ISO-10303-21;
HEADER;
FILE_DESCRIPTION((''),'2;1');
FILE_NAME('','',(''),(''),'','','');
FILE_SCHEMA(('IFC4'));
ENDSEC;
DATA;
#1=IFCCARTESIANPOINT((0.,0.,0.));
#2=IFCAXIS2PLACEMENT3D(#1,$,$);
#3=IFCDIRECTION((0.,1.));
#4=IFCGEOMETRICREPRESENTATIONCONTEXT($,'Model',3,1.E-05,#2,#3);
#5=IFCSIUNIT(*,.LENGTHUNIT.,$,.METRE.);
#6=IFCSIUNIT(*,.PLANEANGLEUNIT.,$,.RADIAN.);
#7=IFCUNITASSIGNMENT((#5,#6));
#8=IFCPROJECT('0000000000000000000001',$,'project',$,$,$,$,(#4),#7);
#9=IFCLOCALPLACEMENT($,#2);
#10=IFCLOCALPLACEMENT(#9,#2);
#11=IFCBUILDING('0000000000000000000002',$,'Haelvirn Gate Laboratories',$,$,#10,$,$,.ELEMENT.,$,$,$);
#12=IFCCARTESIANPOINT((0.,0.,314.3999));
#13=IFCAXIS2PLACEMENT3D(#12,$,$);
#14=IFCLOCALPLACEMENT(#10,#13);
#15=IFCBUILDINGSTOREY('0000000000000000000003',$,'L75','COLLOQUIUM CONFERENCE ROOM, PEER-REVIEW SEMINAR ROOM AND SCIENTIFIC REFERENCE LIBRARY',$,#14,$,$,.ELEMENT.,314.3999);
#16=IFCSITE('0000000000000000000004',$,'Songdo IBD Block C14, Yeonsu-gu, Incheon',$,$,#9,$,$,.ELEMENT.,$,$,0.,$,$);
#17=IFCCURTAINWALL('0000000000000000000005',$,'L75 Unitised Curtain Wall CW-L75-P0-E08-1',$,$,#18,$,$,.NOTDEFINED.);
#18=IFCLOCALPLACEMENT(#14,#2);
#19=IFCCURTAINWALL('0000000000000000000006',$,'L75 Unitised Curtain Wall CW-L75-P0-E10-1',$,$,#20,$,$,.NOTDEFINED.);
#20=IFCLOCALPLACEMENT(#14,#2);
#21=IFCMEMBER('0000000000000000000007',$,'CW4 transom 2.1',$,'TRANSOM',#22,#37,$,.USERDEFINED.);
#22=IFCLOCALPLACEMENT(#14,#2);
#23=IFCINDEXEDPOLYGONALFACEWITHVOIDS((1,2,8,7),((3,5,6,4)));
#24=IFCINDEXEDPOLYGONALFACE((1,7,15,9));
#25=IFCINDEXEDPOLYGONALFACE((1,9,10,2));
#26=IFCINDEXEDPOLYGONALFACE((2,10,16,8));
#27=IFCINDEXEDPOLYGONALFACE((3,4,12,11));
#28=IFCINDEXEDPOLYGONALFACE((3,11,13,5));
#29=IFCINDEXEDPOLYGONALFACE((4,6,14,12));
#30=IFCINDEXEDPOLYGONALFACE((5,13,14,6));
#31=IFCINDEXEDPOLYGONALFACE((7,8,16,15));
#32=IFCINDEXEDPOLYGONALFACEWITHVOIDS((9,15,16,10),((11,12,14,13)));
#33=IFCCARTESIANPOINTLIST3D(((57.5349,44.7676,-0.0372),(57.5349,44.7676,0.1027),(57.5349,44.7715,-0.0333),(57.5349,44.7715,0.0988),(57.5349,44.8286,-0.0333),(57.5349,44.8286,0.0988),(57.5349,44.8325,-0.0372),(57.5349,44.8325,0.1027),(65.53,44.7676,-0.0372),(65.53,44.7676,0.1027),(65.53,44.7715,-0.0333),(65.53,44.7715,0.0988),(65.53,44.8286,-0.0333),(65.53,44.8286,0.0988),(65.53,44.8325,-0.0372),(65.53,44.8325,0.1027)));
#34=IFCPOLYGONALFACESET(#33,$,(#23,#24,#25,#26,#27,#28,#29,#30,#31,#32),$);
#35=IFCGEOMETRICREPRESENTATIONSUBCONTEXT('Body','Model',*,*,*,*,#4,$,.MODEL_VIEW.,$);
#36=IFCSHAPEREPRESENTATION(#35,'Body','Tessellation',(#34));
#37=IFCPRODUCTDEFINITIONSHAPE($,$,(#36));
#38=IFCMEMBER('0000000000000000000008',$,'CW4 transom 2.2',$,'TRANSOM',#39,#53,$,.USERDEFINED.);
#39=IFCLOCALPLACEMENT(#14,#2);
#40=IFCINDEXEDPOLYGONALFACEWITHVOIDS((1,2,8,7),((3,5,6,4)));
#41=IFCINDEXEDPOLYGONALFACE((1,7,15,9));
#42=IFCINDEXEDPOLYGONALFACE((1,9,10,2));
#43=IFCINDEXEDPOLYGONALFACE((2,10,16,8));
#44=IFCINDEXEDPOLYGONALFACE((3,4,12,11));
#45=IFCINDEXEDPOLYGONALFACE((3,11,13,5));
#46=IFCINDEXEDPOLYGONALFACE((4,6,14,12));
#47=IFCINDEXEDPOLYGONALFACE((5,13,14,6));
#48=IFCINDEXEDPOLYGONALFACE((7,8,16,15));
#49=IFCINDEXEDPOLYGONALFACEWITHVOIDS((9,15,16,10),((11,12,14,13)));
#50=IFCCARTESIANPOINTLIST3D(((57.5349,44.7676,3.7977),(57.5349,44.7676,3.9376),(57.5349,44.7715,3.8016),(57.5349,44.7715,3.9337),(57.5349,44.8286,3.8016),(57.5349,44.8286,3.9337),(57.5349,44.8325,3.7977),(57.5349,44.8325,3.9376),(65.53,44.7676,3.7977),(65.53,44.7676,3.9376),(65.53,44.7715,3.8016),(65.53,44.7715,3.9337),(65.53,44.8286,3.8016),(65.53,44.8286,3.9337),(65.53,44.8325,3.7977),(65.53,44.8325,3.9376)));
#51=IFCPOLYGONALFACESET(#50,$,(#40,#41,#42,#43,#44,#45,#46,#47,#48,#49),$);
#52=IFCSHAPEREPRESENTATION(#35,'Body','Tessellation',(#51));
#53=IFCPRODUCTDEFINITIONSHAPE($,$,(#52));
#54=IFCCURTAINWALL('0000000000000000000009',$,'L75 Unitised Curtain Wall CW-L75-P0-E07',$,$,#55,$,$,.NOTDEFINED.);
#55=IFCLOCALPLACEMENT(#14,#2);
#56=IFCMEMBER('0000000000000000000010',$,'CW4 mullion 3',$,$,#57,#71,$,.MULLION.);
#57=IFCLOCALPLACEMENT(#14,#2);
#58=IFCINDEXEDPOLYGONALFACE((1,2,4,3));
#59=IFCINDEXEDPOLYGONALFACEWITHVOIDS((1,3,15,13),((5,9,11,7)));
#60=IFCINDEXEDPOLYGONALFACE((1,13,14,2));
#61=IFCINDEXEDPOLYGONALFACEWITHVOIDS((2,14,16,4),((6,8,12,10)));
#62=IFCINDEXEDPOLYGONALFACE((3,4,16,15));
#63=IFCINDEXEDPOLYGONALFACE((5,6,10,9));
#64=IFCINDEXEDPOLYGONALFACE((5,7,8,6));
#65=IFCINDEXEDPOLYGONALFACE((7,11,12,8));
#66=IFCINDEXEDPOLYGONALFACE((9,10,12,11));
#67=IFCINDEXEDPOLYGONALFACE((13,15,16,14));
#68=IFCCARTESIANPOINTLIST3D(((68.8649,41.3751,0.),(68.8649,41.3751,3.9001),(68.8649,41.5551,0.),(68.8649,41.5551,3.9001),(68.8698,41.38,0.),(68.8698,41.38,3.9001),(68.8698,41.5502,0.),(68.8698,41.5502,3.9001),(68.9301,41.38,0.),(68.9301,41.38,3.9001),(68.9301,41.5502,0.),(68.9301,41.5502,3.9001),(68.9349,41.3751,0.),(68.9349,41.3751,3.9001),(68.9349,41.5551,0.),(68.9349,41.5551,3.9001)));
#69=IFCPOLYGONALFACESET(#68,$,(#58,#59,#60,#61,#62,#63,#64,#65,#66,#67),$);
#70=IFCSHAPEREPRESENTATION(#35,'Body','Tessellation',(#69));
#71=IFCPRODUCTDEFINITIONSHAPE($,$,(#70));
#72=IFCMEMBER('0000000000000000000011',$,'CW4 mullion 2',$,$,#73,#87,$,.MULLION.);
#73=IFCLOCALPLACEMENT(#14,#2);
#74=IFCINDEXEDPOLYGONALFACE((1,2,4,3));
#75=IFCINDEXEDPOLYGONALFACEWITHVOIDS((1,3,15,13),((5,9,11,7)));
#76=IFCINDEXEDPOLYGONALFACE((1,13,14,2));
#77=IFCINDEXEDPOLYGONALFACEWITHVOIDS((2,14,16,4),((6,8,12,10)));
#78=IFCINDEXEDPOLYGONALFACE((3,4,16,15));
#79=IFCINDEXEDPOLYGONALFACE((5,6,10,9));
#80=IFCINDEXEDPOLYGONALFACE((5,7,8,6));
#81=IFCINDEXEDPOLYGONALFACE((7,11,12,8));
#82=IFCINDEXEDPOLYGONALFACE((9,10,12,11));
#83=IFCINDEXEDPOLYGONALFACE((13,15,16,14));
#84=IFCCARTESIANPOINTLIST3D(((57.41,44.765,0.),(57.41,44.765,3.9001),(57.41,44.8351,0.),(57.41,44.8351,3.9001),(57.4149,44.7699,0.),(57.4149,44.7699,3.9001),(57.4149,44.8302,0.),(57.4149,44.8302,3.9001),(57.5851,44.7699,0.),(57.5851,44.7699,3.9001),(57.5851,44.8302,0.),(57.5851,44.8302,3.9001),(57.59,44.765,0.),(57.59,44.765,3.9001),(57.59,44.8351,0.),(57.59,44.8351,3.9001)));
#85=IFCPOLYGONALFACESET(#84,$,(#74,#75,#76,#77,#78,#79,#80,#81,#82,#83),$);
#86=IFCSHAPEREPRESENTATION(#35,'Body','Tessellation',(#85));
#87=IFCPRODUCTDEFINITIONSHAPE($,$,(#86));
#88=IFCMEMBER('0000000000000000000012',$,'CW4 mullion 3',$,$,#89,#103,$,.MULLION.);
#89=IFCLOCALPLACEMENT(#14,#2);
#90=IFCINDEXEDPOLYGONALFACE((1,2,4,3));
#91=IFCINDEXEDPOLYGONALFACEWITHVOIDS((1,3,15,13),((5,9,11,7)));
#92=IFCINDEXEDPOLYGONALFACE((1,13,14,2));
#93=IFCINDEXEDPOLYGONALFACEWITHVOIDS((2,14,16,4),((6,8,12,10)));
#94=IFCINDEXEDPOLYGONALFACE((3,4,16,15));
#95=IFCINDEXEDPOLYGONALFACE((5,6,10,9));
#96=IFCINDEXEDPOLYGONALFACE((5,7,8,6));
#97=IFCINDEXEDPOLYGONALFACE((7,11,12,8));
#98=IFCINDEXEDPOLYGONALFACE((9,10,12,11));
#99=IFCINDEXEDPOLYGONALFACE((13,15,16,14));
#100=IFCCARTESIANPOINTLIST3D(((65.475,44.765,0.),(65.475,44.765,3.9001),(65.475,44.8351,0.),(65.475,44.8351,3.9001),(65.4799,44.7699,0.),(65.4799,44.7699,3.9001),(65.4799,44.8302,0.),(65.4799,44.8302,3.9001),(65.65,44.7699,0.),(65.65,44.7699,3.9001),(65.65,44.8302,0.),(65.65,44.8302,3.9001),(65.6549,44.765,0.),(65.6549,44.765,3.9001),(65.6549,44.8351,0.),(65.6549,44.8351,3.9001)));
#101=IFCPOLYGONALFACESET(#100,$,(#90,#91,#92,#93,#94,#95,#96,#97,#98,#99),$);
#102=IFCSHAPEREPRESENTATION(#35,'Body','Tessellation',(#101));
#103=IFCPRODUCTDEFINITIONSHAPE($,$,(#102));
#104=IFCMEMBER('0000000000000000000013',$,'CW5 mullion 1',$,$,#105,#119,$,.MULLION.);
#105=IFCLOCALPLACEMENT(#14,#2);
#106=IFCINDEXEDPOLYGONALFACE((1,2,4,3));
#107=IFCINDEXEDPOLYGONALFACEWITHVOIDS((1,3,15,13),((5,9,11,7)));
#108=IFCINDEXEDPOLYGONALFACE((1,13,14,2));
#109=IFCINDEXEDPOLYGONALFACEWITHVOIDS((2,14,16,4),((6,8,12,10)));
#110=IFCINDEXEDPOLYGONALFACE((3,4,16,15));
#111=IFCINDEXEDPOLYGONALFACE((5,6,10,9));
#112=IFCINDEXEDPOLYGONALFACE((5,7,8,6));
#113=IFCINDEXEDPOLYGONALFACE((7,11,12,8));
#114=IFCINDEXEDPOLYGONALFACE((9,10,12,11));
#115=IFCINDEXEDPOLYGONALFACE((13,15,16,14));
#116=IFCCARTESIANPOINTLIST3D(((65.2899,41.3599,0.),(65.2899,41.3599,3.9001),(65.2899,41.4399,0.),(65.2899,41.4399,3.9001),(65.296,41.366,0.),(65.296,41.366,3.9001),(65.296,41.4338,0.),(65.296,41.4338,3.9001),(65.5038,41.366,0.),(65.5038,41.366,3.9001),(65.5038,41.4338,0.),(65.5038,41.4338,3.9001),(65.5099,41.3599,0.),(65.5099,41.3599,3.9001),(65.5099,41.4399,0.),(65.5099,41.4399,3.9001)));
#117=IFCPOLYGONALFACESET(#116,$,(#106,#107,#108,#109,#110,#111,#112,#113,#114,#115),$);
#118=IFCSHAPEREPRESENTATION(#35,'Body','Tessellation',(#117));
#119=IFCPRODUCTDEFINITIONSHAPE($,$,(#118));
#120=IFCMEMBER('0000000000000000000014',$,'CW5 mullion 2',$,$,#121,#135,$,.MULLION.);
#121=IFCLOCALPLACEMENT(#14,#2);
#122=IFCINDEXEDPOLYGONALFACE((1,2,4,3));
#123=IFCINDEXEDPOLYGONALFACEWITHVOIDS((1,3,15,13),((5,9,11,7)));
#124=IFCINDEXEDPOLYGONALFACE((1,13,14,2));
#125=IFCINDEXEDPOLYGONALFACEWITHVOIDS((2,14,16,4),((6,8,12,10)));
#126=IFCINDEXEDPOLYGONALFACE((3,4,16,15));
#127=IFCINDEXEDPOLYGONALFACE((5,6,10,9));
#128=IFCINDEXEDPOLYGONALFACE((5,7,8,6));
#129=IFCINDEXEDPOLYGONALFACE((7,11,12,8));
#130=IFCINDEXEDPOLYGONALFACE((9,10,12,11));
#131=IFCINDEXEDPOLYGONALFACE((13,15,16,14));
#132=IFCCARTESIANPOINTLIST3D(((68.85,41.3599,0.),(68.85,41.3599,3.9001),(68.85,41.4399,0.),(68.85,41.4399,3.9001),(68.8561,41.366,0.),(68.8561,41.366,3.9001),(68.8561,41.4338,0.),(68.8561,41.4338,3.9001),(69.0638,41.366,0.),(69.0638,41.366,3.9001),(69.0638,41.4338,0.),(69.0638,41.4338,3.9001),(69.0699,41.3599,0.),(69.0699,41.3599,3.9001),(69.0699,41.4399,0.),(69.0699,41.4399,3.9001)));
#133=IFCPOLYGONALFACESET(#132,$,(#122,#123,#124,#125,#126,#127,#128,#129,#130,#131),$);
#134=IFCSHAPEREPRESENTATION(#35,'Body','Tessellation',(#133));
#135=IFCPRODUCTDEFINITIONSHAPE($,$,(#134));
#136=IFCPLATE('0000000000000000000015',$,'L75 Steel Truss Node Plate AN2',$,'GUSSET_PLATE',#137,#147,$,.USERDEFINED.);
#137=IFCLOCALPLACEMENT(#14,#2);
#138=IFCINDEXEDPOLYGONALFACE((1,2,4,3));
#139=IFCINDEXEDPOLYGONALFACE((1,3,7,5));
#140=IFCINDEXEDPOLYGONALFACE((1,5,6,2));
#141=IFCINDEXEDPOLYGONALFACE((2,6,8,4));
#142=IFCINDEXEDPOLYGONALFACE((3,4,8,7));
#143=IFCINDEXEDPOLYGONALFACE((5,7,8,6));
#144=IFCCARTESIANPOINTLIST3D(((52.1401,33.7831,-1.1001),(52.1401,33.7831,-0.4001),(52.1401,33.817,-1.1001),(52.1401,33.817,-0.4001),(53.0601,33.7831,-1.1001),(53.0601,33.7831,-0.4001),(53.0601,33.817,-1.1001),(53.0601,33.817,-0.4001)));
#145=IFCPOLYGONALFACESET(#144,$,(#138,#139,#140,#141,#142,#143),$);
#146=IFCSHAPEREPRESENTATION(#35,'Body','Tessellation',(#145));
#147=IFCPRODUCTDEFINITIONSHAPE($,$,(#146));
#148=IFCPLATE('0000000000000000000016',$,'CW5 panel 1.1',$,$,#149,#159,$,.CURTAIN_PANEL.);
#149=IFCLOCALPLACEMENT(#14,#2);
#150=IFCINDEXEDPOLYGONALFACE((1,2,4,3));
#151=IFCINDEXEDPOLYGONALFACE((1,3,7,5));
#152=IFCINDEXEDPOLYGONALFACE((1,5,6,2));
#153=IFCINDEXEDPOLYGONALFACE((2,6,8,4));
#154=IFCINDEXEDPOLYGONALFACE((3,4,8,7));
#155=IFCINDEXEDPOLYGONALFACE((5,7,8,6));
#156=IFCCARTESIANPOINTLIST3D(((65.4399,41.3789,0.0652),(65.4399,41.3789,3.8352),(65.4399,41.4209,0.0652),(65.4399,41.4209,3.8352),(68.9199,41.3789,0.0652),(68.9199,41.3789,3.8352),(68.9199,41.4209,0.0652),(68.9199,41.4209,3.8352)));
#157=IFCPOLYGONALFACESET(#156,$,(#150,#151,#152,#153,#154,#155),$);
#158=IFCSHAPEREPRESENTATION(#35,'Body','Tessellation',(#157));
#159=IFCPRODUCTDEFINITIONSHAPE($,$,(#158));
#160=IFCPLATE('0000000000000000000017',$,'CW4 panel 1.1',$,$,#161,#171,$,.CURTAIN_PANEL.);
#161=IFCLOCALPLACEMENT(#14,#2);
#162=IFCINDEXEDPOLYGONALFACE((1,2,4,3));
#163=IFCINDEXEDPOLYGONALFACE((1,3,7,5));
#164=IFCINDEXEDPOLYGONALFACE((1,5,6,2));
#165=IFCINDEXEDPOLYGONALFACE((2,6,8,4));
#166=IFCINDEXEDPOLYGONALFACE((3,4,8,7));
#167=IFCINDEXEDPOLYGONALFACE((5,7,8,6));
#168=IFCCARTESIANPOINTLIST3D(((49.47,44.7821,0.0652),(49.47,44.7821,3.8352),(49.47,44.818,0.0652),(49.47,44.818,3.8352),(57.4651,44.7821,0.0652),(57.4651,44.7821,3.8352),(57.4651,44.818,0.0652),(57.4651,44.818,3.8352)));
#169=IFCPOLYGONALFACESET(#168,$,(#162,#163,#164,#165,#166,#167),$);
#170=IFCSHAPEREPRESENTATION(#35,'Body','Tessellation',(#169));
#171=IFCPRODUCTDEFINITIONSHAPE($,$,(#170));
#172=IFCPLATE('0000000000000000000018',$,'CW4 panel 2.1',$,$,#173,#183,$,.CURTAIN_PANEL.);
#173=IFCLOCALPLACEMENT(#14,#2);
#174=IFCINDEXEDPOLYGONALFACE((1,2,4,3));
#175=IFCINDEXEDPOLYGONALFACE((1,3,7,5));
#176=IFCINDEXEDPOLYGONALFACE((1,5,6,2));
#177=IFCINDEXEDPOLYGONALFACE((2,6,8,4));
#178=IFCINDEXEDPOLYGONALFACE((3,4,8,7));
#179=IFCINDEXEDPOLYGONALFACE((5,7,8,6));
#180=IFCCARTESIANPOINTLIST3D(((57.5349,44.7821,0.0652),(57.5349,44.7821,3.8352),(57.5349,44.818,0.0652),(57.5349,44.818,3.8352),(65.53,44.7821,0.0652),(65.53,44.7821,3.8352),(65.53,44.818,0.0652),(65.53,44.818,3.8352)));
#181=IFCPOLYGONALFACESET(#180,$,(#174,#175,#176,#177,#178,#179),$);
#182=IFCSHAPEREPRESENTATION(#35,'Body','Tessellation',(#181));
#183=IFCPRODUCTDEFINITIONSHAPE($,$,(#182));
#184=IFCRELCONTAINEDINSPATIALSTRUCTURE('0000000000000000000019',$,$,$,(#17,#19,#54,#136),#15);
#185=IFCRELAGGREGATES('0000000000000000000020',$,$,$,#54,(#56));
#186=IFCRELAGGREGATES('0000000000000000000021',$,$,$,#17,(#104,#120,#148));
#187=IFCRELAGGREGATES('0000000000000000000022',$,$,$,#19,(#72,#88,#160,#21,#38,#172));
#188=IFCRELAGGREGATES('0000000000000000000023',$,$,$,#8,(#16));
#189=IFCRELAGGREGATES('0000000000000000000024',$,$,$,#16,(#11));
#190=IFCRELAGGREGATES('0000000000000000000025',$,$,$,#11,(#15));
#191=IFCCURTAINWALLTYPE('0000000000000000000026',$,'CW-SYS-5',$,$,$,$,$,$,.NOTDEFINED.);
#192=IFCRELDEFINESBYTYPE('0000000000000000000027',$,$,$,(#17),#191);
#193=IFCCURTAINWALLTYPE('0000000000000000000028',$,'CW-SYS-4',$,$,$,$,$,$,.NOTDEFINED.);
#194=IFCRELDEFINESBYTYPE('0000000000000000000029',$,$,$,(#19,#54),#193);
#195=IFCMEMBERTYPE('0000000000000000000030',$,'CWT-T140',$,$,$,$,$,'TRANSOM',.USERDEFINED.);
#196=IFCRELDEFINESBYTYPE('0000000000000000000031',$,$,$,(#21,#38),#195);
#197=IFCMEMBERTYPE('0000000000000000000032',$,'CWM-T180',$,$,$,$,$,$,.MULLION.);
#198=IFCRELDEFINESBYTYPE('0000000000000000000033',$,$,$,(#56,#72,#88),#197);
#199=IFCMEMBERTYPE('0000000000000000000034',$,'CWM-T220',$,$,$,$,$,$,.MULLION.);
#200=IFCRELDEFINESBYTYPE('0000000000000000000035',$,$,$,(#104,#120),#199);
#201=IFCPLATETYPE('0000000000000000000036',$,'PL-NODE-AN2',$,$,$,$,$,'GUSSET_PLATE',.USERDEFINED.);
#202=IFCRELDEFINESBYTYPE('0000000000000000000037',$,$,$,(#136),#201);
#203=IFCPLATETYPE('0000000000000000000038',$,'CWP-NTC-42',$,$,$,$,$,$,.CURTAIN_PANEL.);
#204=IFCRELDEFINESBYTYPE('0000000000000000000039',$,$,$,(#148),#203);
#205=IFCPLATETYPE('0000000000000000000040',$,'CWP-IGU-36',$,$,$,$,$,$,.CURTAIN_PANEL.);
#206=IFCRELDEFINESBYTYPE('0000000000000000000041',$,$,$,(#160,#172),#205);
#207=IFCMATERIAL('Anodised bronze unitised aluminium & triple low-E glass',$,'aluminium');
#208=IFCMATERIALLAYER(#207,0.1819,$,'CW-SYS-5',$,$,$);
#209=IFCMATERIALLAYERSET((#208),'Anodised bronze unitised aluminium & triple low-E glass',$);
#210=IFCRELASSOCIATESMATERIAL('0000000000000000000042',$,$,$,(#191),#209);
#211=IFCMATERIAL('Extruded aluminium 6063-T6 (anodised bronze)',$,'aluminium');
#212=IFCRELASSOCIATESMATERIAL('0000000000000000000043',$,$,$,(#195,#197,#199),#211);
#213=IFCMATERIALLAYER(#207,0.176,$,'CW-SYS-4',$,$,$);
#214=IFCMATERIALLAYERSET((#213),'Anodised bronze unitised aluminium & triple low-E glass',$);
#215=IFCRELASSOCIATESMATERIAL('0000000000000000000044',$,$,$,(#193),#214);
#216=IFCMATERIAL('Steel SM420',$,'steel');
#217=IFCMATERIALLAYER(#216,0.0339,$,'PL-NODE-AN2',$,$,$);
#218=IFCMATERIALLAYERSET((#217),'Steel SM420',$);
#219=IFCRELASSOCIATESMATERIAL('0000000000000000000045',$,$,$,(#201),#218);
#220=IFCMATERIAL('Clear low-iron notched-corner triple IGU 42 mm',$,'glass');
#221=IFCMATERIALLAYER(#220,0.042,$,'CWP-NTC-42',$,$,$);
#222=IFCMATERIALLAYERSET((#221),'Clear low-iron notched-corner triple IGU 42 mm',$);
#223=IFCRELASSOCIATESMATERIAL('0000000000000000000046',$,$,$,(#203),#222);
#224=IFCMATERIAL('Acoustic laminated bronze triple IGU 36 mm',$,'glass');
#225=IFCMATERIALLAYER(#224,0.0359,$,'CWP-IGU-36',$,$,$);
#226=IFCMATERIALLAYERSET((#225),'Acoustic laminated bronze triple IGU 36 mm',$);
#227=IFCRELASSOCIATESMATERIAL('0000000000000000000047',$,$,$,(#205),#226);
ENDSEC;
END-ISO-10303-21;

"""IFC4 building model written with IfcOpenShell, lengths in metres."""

from ifc_helpers import new_model, si_unit, direction, frame, origin, origin_2d, place, context, subcontext, project, spatial, rectangle, hollow_rectangle, extrude, source, transform, mapped, material, layer, layer_set, material_profile, profile_set, type_object, type_shapes, element, aggregate, save


model = new_model("IFC4")

# Units and contexts
model_context = context("Model", 3, precision=1e-05, world=origin(), true_north=direction((0.0, 1.0)))
body_context = subcontext(model_context, "Body", "Model", "MODEL_VIEW")
ifc_project = project(units=[si_unit("LENGTHUNIT", "METRE"), si_unit("PLANEANGLEUNIT", "RADIAN")], contexts=[model_context])

# Site, building, storey
site_placement = place(None, origin())
site = spatial("IfcSite", under=ifc_project, at=site_placement, Name="Songdo IBD Block C14, Yeonsu-gu, Incheon", CompositionType="ELEMENT", RefElevation=0.0)
building_placement = place(site_placement, origin())
building = spatial("IfcBuilding", under=site, at=building_placement, Name="Haelvirn Gate Laboratories", CompositionType="ELEMENT")
storey_placement = place(building_placement, frame((0.0, 0.0, 314.3999)))
storey = spatial("IfcBuildingStorey", under=building, at=storey_placement, Name="L75", Description="COLLOQUIUM CONFERENCE ROOM, PEER-REVIEW SEMINAR ROOM AND SCIENTIFIC REFERENCE LIBRARY", CompositionType="ELEMENT", Elevation=314.3999)

# Curtain walls, members
ifc_material_1 = material(Name="Anodised bronze unitised aluminium & triple low-E glass", Category="aluminium")
ifc_layer_1 = layer(ifc_material_1, 0.1819, Name="CW-SYS-5")
ifc_layer_set_1 = layer_set([ifc_layer_1], Name="Anodised bronze unitised aluminium & triple low-E glass")
curtain_wall_type_1 = type_object("IfcCurtainWallType", Name="CW-SYS-5", PredefinedType="NOTDEFINED", material=ifc_layer_set_1)
curtain_wall_1_placement = place(storey_placement, origin())
curtain_wall_1 = element("IfcCurtainWall", 1, at=curtain_wall_1_placement, inside=storey, type_object=curtain_wall_type_1, Name="L75 Unitised Curtain Wall CW-L75-P0-E08-1", PredefinedType="NOTDEFINED")
ifc_material_2 = material(Name="Extruded aluminium 6063-T6 (anodised bronze)", Category="aluminium")
ifc_material_profile_1 = material_profile(ifc_material_2, hollow_rectangle(XDim=0.0649, YDim=0.1399, WallThickness=0.0039, at=origin_2d()), Name="CWT-140x65x4")
ifc_profile_set_1 = profile_set([ifc_material_profile_1], Name="Extruded aluminium 6063-T6 (anodised bronze)")
member_type_1 = type_object("IfcMemberType", Name="CWT-T140", ElementType="TRANSOM", PredefinedType="USERDEFINED", material=ifc_profile_set_1)
ifc_layer_2 = layer(ifc_material_1, 0.176, Name="CW-SYS-4")
ifc_layer_set_2 = layer_set([ifc_layer_2], Name="Anodised bronze unitised aluminium & triple low-E glass")
curtain_wall_type_2 = type_object("IfcCurtainWallType", Name="CW-SYS-4", PredefinedType="NOTDEFINED", material=ifc_layer_set_2)
curtain_wall_2_placement = place(storey_placement, origin())
curtain_wall_2 = element("IfcCurtainWall", 2, at=curtain_wall_2_placement, inside=storey, type_object=curtain_wall_type_2, Name="L75 Unitised Curtain Wall CW-L75-P0-E10-1", PredefinedType="NOTDEFINED")
shared_shape_1 = source(origin(), body_context, "Body", "SweptSolid", [
    extrude(hollow_rectangle(XDim=0.0649, YDim=0.1399, WallThickness=0.0039, at=origin_2d()), origin(), (0.0, 0.0, 1.0), 7.9951),
])
member_1_placement = place(storey_placement, frame((57.5349, 44.8, 0.0327), z_axis=(1.0, 0.0, 0.0), x_axis=(0.0, 1.0, 0.0)))
member_1 = element("IfcMember", 3, at=member_1_placement, type_object=member_type_1, Name="CW4 transom 2.1", ObjectType="TRANSOM", PredefinedType="USERDEFINED", context=body_context, shape_type="MappedRepresentation", body=[
    mapped(shared_shape_1, transform((0.0, 0.0, 0.0), scale=1.0)),
])
member_2_placement = place(storey_placement, frame((57.5349, 44.8, 3.8677), z_axis=(1.0, 0.0, 0.0), x_axis=(0.0, 1.0, 0.0)))
member_2 = element("IfcMember", 4, at=member_2_placement, type_object=member_type_1, Name="CW4 transom 2.2", ObjectType="TRANSOM", PredefinedType="USERDEFINED", context=body_context, shape_type="MappedRepresentation", body=[
    mapped(shared_shape_1, transform((0.0, 0.0, 0.0), scale=1.0)),
])

# Curtain wall, member
curtain_wall_3_placement = place(storey_placement, origin())
curtain_wall_3 = element("IfcCurtainWall", 5, at=curtain_wall_3_placement, inside=storey, type_object=curtain_wall_type_2, Name="L75 Unitised Curtain Wall CW-L75-P0-E07", PredefinedType="NOTDEFINED")
ifc_material_profile_2 = material_profile(ifc_material_2, hollow_rectangle(XDim=0.0701, YDim=0.1799, WallThickness=0.0049, at=origin_2d()), Name="CWM-180x70x5")
ifc_profile_set_2 = profile_set([ifc_material_profile_2], Name="Extruded aluminium 6063-T6 (anodised bronze)")
member_type_2 = type_object("IfcMemberType", Name="CWM-T180", PredefinedType="MULLION", material=ifc_profile_set_2)
shared_shape_2 = source(origin(), body_context, "Body", "SweptSolid", [
    extrude(hollow_rectangle(XDim=0.0701, YDim=0.1799, WallThickness=0.0049, at=origin_2d()), origin(), (0.0, 0.0, 1.0), 3.9001),
])
type_shapes(member_type_2, [shared_shape_2])
member_3_placement = place(storey_placement, frame((68.8999, 41.4651, 0.0), z_axis=(0.0, 0.0, 1.0), x_axis=(-1.0, 0.0, 0.0)))
member_3 = element("IfcMember", 6, at=member_3_placement, type_object=member_type_2, Name="CW4 mullion 3", PredefinedType="MULLION", context=body_context, shape_type="MappedRepresentation", body=[
    mapped(shared_shape_2, transform((0.0, 0.0, 0.0), scale=1.0)),
])
aggregate(curtain_wall_3, [member_3])

# Members
member_4_placement = place(storey_placement, frame((57.5, 44.8, 0.0), z_axis=(0.0, 0.0, 1.0), x_axis=(0.0, 1.0, 0.0)))
member_4 = element("IfcMember", 7, at=member_4_placement, type_object=member_type_2, Name="CW4 mullion 2", PredefinedType="MULLION", context=body_context, shape_type="MappedRepresentation", body=[
    mapped(shared_shape_2, transform((0.0, 0.0, 0.0), scale=1.0)),
])
member_5_placement = place(storey_placement, frame((65.5649, 44.8, 0.0), z_axis=(0.0, 0.0, 1.0), x_axis=(0.0, 1.0, 0.0)))
member_5 = element("IfcMember", 8, at=member_5_placement, type_object=member_type_2, Name="CW4 mullion 3", PredefinedType="MULLION", context=body_context, shape_type="MappedRepresentation", body=[
    mapped(shared_shape_2, transform((0.0, 0.0, 0.0), scale=1.0)),
])
ifc_material_profile_3 = material_profile(ifc_material_2, hollow_rectangle(XDim=0.0801, YDim=0.22, WallThickness=0.0061, at=origin_2d()), Name="CWM-220x80x6")
ifc_profile_set_3 = profile_set([ifc_material_profile_3], Name="Extruded aluminium 6063-T6 (anodised bronze)")
member_type_3 = type_object("IfcMemberType", Name="CWM-T220", PredefinedType="MULLION", material=ifc_profile_set_3)
shared_shape_3 = source(origin(), body_context, "Body", "SweptSolid", [
    extrude(hollow_rectangle(XDim=0.0801, YDim=0.22, WallThickness=0.0061, at=origin_2d()), origin(), (0.0, 0.0, 1.0), 3.9001),
])
type_shapes(member_type_3, [shared_shape_3])
member_6_placement = place(storey_placement, frame((65.3999, 41.3999, 0.0), z_axis=(0.0, 0.0, 1.0), x_axis=(0.0, 1.0, 0.0)))
member_6 = element("IfcMember", 9, at=member_6_placement, type_object=member_type_3, Name="CW5 mullion 1", PredefinedType="MULLION", context=body_context, shape_type="MappedRepresentation", body=[
    mapped(shared_shape_3, transform((0.0, 0.0, 0.0), scale=1.0)),
])
member_7_placement = place(storey_placement, frame((68.96, 41.3999, 0.0), z_axis=(0.0, 0.0, 1.0), x_axis=(0.0, 1.0, 0.0)))
member_7 = element("IfcMember", 10, at=member_7_placement, type_object=member_type_3, Name="CW5 mullion 2", PredefinedType="MULLION", context=body_context, shape_type="MappedRepresentation", body=[
    mapped(shared_shape_3, transform((0.0, 0.0, 0.0), scale=1.0)),
])

# Plates
ifc_material_3 = material(Name="Steel SM420", Category="steel")
ifc_layer_3 = layer(ifc_material_3, 0.0339, Name="PL-NODE-AN2")
ifc_layer_set_3 = layer_set([ifc_layer_3], Name="Steel SM420")
plate_type_1 = type_object("IfcPlateType", Name="PL-NODE-AN2", ElementType="GUSSET_PLATE", PredefinedType="USERDEFINED", material=ifc_layer_set_3)
shared_shape_4 = source(origin(), body_context, "Body", "SweptSolid", [
    extrude(rectangle(XDim=0.9199, YDim=0.0339, at=origin_2d()), origin(), (0.0, 0.0, 1.0), 0.7),
])
type_shapes(plate_type_1, [shared_shape_4])
plate_1_placement = place(storey_placement, frame((52.6001, 33.8, -1.1001), z_axis=(0.0, 0.0, 1.0), x_axis=(1.0, 0.0, 0.0)))
element("IfcPlate", 11, at=plate_1_placement, inside=storey, type_object=plate_type_1, Name="L75 Steel Truss Node Plate AN2", ObjectType="GUSSET_PLATE", PredefinedType="USERDEFINED", context=body_context, shape_type="MappedRepresentation", body=[
    mapped(shared_shape_4, transform((0.0, 0.0, 0.0), scale=1.0)),
])
ifc_material_4 = material(Name="Clear low-iron notched-corner triple IGU 42 mm", Category="glass")
ifc_layer_4 = layer(ifc_material_4, 0.042, Name="CWP-NTC-42")
ifc_layer_set_4 = layer_set([ifc_layer_4], Name="Clear low-iron notched-corner triple IGU 42 mm")
plate_type_2 = type_object("IfcPlateType", Name="CWP-NTC-42", PredefinedType="CURTAIN_PANEL", material=ifc_layer_set_4)
shared_shape_5 = source(origin(), body_context, "Body", "SweptSolid", [
    extrude(rectangle(XDim=3.48, YDim=0.042, at=origin_2d()), origin(), (0.0, 0.0, 1.0), 3.77),
])
type_shapes(plate_type_2, [shared_shape_5])
plate_2_placement = place(storey_placement, frame((67.1799, 41.3999, 0.0652), z_axis=(0.0, 0.0, 1.0), x_axis=(1.0, 0.0, 0.0)))
plate_2 = element("IfcPlate", 12, at=plate_2_placement, type_object=plate_type_2, Name="CW5 panel 1.1", PredefinedType="CURTAIN_PANEL", context=body_context, shape_type="MappedRepresentation", body=[
    mapped(shared_shape_5, transform((0.0, 0.0, 0.0), scale=1.0)),
])
aggregate(curtain_wall_1, [member_6, member_7, plate_2])
ifc_material_5 = material(Name="Acoustic laminated bronze triple IGU 36 mm", Category="glass")
ifc_layer_5 = layer(ifc_material_5, 0.0359, Name="CWP-IGU-36")
ifc_layer_set_5 = layer_set([ifc_layer_5], Name="Acoustic laminated bronze triple IGU 36 mm")
plate_type_3 = type_object("IfcPlateType", Name="CWP-IGU-36", PredefinedType="CURTAIN_PANEL", material=ifc_layer_set_5)
shared_shape_6 = source(origin(), body_context, "Body", "SweptSolid", [
    extrude(rectangle(XDim=7.9951, YDim=0.0359, at=origin_2d()), origin(), (0.0, 0.0, 1.0), 3.77),
])
type_shapes(plate_type_3, [shared_shape_6])
plate_3_placement = place(storey_placement, frame((53.4675, 44.8, 0.0652), z_axis=(0.0, 0.0, 1.0), x_axis=(1.0, 0.0, 0.0)))
plate_3 = element("IfcPlate", 13, at=plate_3_placement, type_object=plate_type_3, Name="CW4 panel 1.1", PredefinedType="CURTAIN_PANEL", context=body_context, shape_type="MappedRepresentation", body=[
    mapped(shared_shape_6, transform((0.0, 0.0, 0.0), scale=1.0)),
])
plate_4_placement = place(storey_placement, frame((61.5325, 44.8, 0.0652), z_axis=(0.0, 0.0, 1.0), x_axis=(1.0, 0.0, 0.0)))
plate_4 = element("IfcPlate", 14, at=plate_4_placement, type_object=plate_type_3, Name="CW4 panel 2.1", PredefinedType="CURTAIN_PANEL", context=body_context, shape_type="MappedRepresentation", body=[
    mapped(shared_shape_6, transform((0.0, 0.0, 0.0), scale=1.0)),
])
aggregate(curtain_wall_2, [member_4, member_5, plate_3, member_1, member_2, plate_4])

save(model, "model.ifc")
